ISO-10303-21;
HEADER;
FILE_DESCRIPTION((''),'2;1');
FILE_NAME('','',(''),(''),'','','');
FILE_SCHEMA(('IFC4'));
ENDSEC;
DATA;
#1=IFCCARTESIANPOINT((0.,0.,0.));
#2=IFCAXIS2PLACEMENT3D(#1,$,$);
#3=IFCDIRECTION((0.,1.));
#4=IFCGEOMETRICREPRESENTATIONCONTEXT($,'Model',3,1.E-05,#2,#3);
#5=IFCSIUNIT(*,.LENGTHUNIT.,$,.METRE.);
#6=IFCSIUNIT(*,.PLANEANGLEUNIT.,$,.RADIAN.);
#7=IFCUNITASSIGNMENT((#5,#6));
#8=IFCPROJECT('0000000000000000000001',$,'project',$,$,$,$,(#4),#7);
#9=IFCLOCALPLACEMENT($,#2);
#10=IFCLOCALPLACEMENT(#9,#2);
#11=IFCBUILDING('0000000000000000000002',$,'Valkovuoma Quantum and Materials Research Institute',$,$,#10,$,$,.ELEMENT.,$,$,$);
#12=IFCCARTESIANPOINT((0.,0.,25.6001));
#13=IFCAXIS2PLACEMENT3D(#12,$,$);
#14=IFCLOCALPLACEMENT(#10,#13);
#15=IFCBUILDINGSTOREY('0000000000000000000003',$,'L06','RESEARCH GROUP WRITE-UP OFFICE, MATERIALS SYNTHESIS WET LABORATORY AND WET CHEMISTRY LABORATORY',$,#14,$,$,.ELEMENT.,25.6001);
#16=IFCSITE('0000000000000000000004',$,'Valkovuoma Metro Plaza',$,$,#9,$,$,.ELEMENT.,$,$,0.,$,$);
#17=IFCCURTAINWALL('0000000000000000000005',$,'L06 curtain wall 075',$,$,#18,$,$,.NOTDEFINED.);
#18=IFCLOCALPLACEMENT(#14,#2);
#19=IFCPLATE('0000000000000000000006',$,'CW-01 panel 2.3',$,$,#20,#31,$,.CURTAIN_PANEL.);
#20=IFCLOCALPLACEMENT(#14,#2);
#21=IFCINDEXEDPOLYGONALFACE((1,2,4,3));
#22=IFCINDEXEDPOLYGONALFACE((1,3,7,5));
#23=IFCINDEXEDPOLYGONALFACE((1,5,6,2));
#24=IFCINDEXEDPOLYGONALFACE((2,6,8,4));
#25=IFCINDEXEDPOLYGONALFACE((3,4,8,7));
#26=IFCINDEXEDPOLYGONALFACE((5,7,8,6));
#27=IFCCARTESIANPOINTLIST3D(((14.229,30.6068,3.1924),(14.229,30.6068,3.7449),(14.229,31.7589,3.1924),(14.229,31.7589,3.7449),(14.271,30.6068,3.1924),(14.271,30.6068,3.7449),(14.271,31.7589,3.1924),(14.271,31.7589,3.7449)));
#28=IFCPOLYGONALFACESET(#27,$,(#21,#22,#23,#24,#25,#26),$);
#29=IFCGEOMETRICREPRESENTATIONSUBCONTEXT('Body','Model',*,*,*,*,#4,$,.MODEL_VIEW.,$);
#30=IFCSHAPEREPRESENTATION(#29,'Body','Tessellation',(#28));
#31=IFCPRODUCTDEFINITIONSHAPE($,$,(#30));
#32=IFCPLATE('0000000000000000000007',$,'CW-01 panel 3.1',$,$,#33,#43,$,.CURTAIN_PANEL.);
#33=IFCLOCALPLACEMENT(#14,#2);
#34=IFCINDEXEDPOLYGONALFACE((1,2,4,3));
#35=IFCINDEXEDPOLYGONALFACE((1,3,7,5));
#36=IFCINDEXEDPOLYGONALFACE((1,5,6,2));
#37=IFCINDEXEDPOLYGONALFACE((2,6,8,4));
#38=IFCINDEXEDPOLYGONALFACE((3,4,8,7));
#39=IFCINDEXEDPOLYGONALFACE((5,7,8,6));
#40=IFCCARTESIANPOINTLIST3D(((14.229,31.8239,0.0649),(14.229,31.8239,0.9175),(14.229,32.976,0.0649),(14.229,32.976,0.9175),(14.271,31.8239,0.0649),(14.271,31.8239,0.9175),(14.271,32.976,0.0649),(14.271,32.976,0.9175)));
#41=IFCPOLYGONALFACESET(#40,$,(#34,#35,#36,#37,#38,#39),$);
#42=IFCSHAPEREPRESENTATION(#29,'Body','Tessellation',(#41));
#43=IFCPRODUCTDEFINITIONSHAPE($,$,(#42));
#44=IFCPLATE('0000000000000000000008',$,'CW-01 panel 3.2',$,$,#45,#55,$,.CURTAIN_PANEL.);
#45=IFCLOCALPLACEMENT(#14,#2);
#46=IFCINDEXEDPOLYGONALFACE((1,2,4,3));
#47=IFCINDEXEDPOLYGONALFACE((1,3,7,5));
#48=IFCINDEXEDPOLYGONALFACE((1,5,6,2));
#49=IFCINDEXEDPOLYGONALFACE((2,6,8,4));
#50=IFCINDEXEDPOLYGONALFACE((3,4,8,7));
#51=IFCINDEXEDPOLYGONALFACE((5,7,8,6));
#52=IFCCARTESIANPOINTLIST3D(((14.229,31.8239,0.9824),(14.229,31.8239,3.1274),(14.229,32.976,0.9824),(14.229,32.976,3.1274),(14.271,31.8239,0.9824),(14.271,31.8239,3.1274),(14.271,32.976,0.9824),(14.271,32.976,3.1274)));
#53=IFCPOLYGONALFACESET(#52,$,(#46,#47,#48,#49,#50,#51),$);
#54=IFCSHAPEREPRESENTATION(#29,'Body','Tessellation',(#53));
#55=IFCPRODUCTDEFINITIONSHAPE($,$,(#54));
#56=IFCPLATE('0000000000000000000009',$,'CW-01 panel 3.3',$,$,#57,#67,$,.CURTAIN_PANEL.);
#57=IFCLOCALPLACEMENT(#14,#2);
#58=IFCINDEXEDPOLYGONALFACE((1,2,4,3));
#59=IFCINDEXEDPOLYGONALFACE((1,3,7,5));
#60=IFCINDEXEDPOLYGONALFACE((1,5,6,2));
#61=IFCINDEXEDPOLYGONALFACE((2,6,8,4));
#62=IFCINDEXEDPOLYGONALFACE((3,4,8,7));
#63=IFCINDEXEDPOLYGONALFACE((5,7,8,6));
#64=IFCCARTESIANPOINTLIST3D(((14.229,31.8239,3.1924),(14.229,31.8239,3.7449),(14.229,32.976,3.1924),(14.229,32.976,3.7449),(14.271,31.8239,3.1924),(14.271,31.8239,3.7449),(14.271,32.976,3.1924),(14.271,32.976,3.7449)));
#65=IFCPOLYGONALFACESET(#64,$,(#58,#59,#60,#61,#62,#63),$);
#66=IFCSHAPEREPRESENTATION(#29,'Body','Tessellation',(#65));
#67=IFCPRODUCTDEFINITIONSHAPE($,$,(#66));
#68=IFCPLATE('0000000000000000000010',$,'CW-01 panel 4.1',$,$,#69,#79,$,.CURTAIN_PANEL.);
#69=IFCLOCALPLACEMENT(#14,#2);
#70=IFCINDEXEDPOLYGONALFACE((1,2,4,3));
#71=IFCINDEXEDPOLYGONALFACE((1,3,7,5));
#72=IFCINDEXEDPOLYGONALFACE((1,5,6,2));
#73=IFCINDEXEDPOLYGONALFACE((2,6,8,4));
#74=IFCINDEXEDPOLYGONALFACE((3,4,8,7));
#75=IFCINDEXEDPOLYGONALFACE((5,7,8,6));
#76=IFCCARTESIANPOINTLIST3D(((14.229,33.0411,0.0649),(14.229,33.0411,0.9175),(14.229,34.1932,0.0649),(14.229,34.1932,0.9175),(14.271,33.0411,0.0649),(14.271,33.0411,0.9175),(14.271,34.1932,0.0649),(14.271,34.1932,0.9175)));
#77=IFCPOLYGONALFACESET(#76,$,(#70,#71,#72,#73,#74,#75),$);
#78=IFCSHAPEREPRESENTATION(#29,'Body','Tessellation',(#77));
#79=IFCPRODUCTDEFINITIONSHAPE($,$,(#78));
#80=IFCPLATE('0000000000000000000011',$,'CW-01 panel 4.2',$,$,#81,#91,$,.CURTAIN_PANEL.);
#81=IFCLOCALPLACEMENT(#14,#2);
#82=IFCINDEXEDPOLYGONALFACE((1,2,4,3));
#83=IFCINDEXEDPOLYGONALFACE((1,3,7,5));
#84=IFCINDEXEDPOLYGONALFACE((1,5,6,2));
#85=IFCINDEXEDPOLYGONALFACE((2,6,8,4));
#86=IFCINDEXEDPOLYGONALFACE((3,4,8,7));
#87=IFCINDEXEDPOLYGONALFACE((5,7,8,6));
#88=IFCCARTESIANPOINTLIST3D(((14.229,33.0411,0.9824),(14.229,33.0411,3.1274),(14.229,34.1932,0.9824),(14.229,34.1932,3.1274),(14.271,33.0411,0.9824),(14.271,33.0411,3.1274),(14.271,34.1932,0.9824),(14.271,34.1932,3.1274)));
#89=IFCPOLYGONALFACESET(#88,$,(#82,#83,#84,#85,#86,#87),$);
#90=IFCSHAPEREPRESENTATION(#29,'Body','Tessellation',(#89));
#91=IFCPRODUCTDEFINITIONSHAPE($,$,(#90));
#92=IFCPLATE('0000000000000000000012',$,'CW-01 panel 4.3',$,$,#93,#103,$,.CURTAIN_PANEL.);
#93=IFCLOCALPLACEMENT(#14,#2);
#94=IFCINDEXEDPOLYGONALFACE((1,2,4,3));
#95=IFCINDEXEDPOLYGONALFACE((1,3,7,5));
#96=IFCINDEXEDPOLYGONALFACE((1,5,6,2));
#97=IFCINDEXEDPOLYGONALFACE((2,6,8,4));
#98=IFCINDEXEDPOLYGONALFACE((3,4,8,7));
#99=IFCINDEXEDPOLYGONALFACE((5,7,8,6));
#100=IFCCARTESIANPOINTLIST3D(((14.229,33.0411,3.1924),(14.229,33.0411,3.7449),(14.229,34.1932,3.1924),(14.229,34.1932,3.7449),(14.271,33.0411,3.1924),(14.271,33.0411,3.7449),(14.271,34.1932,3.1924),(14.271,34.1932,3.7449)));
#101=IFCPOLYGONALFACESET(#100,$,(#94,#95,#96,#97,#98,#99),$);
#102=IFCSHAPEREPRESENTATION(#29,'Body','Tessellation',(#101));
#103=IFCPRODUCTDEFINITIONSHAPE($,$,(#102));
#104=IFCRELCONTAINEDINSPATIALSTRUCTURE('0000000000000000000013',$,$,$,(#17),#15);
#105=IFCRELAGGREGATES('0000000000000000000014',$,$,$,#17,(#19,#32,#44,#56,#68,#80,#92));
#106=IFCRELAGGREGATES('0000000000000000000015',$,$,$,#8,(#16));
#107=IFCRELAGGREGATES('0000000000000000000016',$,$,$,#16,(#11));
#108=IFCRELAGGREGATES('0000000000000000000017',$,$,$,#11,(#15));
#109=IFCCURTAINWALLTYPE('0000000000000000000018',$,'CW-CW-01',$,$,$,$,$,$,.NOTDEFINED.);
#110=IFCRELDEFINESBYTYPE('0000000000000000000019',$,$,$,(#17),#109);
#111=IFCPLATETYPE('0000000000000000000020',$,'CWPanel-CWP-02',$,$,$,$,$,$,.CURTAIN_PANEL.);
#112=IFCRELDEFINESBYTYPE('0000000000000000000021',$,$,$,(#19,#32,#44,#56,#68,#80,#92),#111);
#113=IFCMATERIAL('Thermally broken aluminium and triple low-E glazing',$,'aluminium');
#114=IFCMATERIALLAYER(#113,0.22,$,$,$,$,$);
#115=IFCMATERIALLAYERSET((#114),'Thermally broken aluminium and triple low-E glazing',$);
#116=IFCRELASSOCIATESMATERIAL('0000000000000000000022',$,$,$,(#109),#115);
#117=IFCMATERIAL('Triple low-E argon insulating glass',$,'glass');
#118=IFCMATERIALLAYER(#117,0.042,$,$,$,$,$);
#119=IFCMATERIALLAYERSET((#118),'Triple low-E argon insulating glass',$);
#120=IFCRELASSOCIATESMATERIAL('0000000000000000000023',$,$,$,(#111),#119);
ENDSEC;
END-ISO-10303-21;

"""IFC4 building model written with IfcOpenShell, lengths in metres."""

from ifc_helpers import new_model, si_unit, direction, frame, origin, origin_2d, place, context, subcontext, project, spatial, rectangle, extrude, material, layer, layer_set, type_object, element, aggregate, save


model = new_model("IFC4")

# Units and contexts
model_context = context("Model", 3, precision=1e-05, world=origin(), true_north=direction((0.0, 1.0)))
body_context = subcontext(model_context, "Body", "Model", "MODEL_VIEW")
ifc_project = project(units=[si_unit("LENGTHUNIT", "METRE"), si_unit("PLANEANGLEUNIT", "RADIAN")], contexts=[model_context])

# Site, building, storey
site_placement = place(None, origin())
site = spatial("IfcSite", under=ifc_project, at=site_placement, Name="Valkovuoma Metro Plaza", CompositionType="ELEMENT", RefElevation=0.0)
building_placement = place(site_placement, origin())
building = spatial("IfcBuilding", under=site, at=building_placement, Name="Valkovuoma Quantum and Materials Research Institute", CompositionType="ELEMENT")
storey_placement = place(building_placement, frame((0.0, 0.0, 25.6001)))
storey = spatial("IfcBuildingStorey", under=building, at=storey_placement, Name="L06", Description="RESEARCH GROUP WRITE-UP OFFICE, MATERIALS SYNTHESIS WET LABORATORY AND WET CHEMISTRY LABORATORY", CompositionType="ELEMENT", Elevation=25.6001)

# Curtain wall, plates
ifc_material_1 = material(Name="Thermally broken aluminium and triple low-E glazing", Category="aluminium")
ifc_layer_1 = layer(ifc_material_1, 0.22)
ifc_layer_set_1 = layer_set([ifc_layer_1], Name="Thermally broken aluminium and triple low-E glazing")
curtain_wall_type = type_object("IfcCurtainWallType", Name="CW-CW-01", PredefinedType="NOTDEFINED", material=ifc_layer_set_1)
curtain_wall_placement = place(storey_placement, origin())
curtain_wall = element("IfcCurtainWall", 1, at=curtain_wall_placement, inside=storey, type_object=curtain_wall_type, Name="L06 curtain wall 075", PredefinedType="NOTDEFINED")
ifc_material_2 = material(Name="Triple low-E argon insulating glass", Category="glass")
ifc_layer_2 = layer(ifc_material_2, 0.042)
ifc_layer_set_2 = layer_set([ifc_layer_2], Name="Triple low-E argon insulating glass")
plate_type = type_object("IfcPlateType", Name="CWPanel-CWP-02", PredefinedType="CURTAIN_PANEL", material=ifc_layer_set_2)
plate_1_placement = place(storey_placement, frame((14.25, 31.1829, 3.1924), z_axis=(0.0, 0.0, 1.0), x_axis=(0.0, 1.0, 0.0)))
plate_1 = element("IfcPlate", 2, at=plate_1_placement, type_object=plate_type, Name="CW-01 panel 2.3", PredefinedType="CURTAIN_PANEL", context=body_context, shape_type="SweptSolid", body=[
    extrude(rectangle(XDim=1.1521, YDim=0.042, at=origin_2d()), origin(), (0.0, 0.0, 1.0), 0.5525),
])
plate_2_placement = place(storey_placement, frame((14.25, 32.3999, 0.0649), z_axis=(0.0, 0.0, 1.0), x_axis=(0.0, 1.0, 0.0)))
plate_2 = element("IfcPlate", 3, at=plate_2_placement, type_object=plate_type, Name="CW-01 panel 3.1", PredefinedType="CURTAIN_PANEL", context=body_context, shape_type="SweptSolid", body=[
    extrude(rectangle(XDim=1.1521, YDim=0.042, at=origin_2d()), origin(), (0.0, 0.0, 1.0), 0.8525),
])
plate_3_placement = place(storey_placement, frame((14.25, 32.3999, 0.9824), z_axis=(0.0, 0.0, 1.0), x_axis=(0.0, 1.0, 0.0)))
plate_3 = element("IfcPlate", 4, at=plate_3_placement, type_object=plate_type, Name="CW-01 panel 3.2", PredefinedType="CURTAIN_PANEL", context=body_context, shape_type="SweptSolid", body=[
    extrude(rectangle(XDim=1.1521, YDim=0.042, at=origin_2d()), origin(), (0.0, 0.0, 1.0), 2.145),
])
plate_4_placement = place(storey_placement, frame((14.25, 32.3999, 3.1924), z_axis=(0.0, 0.0, 1.0), x_axis=(0.0, 1.0, 0.0)))
plate_4 = element("IfcPlate", 5, at=plate_4_placement, type_object=plate_type, Name="CW-01 panel 3.3", PredefinedType="CURTAIN_PANEL", context=body_context, shape_type="SweptSolid", body=[
    extrude(rectangle(XDim=1.1521, YDim=0.042, at=origin_2d()), origin(), (0.0, 0.0, 1.0), 0.5525),
])
plate_5_placement = place(storey_placement, frame((14.25, 33.6172, 0.0649), z_axis=(0.0, 0.0, 1.0), x_axis=(0.0, 1.0, 0.0)))
plate_5 = element("IfcPlate", 6, at=plate_5_placement, type_object=plate_type, Name="CW-01 panel 4.1", PredefinedType="CURTAIN_PANEL", context=body_context, shape_type="SweptSolid", body=[
    extrude(rectangle(XDim=1.1521, YDim=0.042, at=origin_2d()), origin(), (0.0, 0.0, 1.0), 0.8525),
])
plate_6_placement = place(storey_placement, frame((14.25, 33.6172, 0.9824), z_axis=(0.0, 0.0, 1.0), x_axis=(0.0, 1.0, 0.0)))
plate_6 = element("IfcPlate", 7, at=plate_6_placement, type_object=plate_type, Name="CW-01 panel 4.2", PredefinedType="CURTAIN_PANEL", context=body_context, shape_type="SweptSolid", body=[
    extrude(rectangle(XDim=1.1521, YDim=0.042, at=origin_2d()), origin(), (0.0, 0.0, 1.0), 2.145),
])
plate_7_placement = place(storey_placement, frame((14.25, 33.6172, 3.1924), z_axis=(0.0, 0.0, 1.0), x_axis=(0.0, 1.0, 0.0)))
plate_7 = element("IfcPlate", 8, at=plate_7_placement, type_object=plate_type, Name="CW-01 panel 4.3", PredefinedType="CURTAIN_PANEL", context=body_context, shape_type="SweptSolid", body=[
    extrude(rectangle(XDim=1.1521, YDim=0.042, at=origin_2d()), origin(), (0.0, 0.0, 1.0), 0.5525),
])
aggregate(curtain_wall, [plate_1, plate_2, plate_3, plate_4, plate_5, plate_6, plate_7])

save(model, "model.ifc")
